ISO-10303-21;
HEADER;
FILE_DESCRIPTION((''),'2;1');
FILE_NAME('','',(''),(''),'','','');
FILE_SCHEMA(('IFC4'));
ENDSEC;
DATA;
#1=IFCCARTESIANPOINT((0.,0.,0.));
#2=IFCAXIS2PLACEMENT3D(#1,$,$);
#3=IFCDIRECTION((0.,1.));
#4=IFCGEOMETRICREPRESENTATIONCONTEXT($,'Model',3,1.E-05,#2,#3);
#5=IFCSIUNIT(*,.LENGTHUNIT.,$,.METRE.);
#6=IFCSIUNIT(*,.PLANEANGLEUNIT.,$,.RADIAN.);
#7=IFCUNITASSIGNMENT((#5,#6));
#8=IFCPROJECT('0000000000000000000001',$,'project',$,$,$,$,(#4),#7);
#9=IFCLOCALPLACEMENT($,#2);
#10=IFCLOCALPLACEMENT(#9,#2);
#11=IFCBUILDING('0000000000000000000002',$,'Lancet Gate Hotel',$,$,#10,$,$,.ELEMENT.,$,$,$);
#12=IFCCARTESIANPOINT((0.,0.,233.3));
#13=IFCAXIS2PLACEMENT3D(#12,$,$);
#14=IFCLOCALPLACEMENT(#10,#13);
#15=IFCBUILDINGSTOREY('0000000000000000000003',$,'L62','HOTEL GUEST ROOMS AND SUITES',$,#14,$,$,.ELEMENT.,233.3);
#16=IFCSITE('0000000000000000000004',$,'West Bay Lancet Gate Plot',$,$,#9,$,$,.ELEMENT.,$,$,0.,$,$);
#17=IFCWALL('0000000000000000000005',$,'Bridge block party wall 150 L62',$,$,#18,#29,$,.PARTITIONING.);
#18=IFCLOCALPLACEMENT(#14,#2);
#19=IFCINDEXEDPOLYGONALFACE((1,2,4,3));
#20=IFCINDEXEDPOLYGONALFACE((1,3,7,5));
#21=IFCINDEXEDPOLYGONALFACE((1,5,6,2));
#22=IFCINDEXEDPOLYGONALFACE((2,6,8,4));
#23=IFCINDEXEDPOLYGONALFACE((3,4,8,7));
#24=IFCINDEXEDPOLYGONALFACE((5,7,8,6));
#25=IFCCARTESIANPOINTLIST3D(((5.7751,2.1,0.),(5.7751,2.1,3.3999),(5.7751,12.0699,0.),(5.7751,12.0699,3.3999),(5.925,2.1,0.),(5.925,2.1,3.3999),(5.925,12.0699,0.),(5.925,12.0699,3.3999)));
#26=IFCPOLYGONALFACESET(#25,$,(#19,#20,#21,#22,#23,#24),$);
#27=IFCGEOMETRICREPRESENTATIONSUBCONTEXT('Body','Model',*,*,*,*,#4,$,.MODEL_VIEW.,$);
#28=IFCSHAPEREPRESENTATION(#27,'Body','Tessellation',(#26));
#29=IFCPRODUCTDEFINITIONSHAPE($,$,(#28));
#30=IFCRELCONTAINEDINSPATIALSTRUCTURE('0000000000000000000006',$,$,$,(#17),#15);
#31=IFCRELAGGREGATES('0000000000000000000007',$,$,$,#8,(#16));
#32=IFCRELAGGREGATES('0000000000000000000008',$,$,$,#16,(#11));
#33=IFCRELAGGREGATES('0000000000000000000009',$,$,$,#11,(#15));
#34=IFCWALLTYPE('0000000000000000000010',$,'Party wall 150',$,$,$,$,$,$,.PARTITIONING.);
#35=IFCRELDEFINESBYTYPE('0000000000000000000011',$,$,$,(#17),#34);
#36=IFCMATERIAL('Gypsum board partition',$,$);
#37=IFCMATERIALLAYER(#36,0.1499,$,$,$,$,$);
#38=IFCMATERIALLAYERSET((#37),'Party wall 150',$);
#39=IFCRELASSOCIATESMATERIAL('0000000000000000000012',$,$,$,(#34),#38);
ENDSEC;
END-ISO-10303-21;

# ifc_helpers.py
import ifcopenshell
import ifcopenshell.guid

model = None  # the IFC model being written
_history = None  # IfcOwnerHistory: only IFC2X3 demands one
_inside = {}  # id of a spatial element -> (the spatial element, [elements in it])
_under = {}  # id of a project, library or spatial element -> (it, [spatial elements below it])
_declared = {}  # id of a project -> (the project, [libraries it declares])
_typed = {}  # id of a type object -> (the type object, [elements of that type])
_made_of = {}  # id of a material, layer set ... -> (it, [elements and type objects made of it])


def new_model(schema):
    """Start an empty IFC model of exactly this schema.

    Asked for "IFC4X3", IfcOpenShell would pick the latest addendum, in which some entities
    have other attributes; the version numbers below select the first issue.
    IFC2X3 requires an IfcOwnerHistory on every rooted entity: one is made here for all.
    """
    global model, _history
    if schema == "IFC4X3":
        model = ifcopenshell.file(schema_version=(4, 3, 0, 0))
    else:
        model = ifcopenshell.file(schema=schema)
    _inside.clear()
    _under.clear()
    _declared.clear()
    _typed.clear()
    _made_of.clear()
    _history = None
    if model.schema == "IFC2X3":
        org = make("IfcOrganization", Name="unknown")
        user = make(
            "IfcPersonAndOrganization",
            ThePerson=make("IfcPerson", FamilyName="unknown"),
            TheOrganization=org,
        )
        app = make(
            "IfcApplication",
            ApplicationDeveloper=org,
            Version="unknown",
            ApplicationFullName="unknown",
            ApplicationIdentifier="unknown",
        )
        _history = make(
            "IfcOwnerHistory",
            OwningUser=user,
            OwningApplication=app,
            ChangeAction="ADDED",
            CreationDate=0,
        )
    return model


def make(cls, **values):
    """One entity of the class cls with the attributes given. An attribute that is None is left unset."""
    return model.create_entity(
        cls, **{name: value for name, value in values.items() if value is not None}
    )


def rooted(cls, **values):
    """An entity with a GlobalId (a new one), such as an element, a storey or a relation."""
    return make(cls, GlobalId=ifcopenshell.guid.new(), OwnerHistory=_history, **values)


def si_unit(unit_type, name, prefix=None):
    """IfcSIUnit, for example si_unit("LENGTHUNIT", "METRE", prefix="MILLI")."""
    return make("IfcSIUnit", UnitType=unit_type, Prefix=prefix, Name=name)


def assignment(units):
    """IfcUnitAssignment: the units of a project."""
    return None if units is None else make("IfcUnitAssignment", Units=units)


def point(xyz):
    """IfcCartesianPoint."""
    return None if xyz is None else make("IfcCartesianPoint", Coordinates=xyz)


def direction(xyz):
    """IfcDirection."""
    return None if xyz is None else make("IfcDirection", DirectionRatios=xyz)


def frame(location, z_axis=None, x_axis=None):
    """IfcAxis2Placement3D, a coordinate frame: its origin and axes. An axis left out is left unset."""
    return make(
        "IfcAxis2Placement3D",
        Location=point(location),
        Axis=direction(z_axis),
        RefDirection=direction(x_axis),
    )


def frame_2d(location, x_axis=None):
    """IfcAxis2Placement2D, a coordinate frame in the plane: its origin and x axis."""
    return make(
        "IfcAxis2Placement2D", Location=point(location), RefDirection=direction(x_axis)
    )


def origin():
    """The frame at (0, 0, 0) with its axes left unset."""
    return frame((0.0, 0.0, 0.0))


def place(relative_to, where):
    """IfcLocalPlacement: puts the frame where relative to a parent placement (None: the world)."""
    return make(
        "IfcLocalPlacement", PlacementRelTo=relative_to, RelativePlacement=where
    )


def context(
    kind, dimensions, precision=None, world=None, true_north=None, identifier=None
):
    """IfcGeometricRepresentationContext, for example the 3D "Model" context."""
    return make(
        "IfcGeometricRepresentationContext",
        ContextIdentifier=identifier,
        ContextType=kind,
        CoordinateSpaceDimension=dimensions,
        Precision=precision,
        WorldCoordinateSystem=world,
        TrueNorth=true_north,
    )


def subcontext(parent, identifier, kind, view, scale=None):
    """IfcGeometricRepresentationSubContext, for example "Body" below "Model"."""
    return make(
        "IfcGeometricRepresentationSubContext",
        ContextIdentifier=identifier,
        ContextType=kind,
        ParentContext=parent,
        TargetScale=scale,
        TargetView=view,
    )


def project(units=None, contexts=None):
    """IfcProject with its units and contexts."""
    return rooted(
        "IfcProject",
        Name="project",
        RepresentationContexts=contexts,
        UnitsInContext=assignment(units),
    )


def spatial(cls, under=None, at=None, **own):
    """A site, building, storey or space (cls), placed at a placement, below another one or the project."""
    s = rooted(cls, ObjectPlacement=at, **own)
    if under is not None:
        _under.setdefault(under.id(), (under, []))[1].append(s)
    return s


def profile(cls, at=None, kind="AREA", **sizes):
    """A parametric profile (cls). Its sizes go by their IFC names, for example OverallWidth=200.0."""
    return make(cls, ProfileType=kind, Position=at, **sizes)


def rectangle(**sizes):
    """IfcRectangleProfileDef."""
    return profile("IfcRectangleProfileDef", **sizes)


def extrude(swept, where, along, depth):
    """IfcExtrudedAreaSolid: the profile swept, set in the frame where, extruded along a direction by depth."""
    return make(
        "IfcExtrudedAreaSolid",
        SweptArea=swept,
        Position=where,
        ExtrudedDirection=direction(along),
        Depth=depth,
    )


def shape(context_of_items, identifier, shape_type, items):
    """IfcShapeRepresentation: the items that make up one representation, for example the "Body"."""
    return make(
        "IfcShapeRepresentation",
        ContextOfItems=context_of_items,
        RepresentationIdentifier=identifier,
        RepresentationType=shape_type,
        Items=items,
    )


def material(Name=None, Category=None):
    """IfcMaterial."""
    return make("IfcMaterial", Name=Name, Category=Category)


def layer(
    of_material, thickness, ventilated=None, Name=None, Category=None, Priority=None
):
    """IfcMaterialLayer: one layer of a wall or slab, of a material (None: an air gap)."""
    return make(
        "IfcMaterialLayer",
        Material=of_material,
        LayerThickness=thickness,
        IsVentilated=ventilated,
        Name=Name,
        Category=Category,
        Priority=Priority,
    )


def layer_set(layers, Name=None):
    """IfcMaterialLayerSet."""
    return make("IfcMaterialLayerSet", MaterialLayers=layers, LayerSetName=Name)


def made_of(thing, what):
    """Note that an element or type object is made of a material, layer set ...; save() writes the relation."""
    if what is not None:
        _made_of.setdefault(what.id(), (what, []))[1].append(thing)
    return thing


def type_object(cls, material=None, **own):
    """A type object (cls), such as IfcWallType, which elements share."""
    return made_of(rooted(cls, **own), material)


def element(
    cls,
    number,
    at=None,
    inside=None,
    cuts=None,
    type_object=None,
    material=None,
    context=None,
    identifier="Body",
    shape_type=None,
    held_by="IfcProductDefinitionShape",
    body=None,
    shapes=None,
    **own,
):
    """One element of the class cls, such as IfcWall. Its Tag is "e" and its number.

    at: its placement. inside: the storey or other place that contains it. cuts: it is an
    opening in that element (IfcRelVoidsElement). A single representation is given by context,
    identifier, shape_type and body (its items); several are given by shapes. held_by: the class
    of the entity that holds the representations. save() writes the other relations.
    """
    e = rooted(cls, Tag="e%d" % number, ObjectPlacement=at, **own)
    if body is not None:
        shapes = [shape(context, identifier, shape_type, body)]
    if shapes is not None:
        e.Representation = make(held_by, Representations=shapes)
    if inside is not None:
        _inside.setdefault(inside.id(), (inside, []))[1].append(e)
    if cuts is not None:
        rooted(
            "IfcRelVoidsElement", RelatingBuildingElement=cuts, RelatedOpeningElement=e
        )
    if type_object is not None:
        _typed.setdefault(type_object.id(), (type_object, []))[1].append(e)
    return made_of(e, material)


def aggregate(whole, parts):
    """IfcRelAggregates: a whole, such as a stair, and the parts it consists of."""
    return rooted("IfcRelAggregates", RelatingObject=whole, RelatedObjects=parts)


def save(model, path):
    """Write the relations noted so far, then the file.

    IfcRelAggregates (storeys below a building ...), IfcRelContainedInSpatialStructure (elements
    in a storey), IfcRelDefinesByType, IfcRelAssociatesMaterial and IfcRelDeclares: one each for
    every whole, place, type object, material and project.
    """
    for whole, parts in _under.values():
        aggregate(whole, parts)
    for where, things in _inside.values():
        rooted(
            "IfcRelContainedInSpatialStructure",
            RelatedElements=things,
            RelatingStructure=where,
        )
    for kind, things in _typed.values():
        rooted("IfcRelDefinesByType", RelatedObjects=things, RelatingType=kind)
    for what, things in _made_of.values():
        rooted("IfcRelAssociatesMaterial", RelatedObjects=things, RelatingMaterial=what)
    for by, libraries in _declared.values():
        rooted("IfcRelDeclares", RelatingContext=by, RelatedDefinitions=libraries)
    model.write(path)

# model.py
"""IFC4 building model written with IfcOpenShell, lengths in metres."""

from ifc_helpers import new_model, si_unit, direction, frame, frame_2d, origin, place, context, subcontext, project, spatial, rectangle, extrude, material, layer, layer_set, type_object, element, save


model = new_model("IFC4")

# Units and contexts
model_context = context("Model", 3, precision=1e-05, world=origin(), true_north=direction((0.0, 1.0)))
body_context = subcontext(model_context, "Body", "Model", "MODEL_VIEW")
ifc_project = project(units=[si_unit("LENGTHUNIT", "METRE"), si_unit("PLANEANGLEUNIT", "RADIAN")], contexts=[model_context])

# Site, building, storey
site_placement = place(None, origin())
site = spatial("IfcSite", under=ifc_project, at=site_placement, Name="West Bay Lancet Gate Plot", CompositionType="ELEMENT", RefElevation=0.0)
building_placement = place(site_placement, origin())
building = spatial("IfcBuilding", under=site, at=building_placement, Name="Lancet Gate Hotel", CompositionType="ELEMENT")
storey_placement = place(building_placement, frame((0.0, 0.0, 233.3)))
storey = spatial("IfcBuildingStorey", under=building, at=storey_placement, Name="L62", Description="HOTEL GUEST ROOMS AND SUITES", CompositionType="ELEMENT", Elevation=233.3)

# Wall
ifc_material_1 = material(Name="Gypsum board partition")
ifc_layer_1 = layer(ifc_material_1, 0.1499)
ifc_layer_set_1 = layer_set([ifc_layer_1], Name="Party wall 150")
wall_type_1 = type_object("IfcWallType", Name="Party wall 150", PredefinedType="PARTITIONING", material=ifc_layer_set_1)
wall_1_placement = place(storey_placement, frame((5.8501, 2.1001, 0.0), z_axis=(0.0, 0.0, 1.0), x_axis=(0.0, 1.0, 0.0)))
element("IfcWall", 1, at=wall_1_placement, inside=storey, type_object=wall_type_1, Name="Bridge block party wall 150 L62", PredefinedType="PARTITIONING", context=body_context, shape_type="SweptSolid", body=[
    extrude(rectangle(XDim=9.97, YDim=0.1499, at=frame_2d((4.9849, 0.0))), origin(), (0.0, 0.0, 1.0), 3.3999),
])

save(model, "model.ifc")
